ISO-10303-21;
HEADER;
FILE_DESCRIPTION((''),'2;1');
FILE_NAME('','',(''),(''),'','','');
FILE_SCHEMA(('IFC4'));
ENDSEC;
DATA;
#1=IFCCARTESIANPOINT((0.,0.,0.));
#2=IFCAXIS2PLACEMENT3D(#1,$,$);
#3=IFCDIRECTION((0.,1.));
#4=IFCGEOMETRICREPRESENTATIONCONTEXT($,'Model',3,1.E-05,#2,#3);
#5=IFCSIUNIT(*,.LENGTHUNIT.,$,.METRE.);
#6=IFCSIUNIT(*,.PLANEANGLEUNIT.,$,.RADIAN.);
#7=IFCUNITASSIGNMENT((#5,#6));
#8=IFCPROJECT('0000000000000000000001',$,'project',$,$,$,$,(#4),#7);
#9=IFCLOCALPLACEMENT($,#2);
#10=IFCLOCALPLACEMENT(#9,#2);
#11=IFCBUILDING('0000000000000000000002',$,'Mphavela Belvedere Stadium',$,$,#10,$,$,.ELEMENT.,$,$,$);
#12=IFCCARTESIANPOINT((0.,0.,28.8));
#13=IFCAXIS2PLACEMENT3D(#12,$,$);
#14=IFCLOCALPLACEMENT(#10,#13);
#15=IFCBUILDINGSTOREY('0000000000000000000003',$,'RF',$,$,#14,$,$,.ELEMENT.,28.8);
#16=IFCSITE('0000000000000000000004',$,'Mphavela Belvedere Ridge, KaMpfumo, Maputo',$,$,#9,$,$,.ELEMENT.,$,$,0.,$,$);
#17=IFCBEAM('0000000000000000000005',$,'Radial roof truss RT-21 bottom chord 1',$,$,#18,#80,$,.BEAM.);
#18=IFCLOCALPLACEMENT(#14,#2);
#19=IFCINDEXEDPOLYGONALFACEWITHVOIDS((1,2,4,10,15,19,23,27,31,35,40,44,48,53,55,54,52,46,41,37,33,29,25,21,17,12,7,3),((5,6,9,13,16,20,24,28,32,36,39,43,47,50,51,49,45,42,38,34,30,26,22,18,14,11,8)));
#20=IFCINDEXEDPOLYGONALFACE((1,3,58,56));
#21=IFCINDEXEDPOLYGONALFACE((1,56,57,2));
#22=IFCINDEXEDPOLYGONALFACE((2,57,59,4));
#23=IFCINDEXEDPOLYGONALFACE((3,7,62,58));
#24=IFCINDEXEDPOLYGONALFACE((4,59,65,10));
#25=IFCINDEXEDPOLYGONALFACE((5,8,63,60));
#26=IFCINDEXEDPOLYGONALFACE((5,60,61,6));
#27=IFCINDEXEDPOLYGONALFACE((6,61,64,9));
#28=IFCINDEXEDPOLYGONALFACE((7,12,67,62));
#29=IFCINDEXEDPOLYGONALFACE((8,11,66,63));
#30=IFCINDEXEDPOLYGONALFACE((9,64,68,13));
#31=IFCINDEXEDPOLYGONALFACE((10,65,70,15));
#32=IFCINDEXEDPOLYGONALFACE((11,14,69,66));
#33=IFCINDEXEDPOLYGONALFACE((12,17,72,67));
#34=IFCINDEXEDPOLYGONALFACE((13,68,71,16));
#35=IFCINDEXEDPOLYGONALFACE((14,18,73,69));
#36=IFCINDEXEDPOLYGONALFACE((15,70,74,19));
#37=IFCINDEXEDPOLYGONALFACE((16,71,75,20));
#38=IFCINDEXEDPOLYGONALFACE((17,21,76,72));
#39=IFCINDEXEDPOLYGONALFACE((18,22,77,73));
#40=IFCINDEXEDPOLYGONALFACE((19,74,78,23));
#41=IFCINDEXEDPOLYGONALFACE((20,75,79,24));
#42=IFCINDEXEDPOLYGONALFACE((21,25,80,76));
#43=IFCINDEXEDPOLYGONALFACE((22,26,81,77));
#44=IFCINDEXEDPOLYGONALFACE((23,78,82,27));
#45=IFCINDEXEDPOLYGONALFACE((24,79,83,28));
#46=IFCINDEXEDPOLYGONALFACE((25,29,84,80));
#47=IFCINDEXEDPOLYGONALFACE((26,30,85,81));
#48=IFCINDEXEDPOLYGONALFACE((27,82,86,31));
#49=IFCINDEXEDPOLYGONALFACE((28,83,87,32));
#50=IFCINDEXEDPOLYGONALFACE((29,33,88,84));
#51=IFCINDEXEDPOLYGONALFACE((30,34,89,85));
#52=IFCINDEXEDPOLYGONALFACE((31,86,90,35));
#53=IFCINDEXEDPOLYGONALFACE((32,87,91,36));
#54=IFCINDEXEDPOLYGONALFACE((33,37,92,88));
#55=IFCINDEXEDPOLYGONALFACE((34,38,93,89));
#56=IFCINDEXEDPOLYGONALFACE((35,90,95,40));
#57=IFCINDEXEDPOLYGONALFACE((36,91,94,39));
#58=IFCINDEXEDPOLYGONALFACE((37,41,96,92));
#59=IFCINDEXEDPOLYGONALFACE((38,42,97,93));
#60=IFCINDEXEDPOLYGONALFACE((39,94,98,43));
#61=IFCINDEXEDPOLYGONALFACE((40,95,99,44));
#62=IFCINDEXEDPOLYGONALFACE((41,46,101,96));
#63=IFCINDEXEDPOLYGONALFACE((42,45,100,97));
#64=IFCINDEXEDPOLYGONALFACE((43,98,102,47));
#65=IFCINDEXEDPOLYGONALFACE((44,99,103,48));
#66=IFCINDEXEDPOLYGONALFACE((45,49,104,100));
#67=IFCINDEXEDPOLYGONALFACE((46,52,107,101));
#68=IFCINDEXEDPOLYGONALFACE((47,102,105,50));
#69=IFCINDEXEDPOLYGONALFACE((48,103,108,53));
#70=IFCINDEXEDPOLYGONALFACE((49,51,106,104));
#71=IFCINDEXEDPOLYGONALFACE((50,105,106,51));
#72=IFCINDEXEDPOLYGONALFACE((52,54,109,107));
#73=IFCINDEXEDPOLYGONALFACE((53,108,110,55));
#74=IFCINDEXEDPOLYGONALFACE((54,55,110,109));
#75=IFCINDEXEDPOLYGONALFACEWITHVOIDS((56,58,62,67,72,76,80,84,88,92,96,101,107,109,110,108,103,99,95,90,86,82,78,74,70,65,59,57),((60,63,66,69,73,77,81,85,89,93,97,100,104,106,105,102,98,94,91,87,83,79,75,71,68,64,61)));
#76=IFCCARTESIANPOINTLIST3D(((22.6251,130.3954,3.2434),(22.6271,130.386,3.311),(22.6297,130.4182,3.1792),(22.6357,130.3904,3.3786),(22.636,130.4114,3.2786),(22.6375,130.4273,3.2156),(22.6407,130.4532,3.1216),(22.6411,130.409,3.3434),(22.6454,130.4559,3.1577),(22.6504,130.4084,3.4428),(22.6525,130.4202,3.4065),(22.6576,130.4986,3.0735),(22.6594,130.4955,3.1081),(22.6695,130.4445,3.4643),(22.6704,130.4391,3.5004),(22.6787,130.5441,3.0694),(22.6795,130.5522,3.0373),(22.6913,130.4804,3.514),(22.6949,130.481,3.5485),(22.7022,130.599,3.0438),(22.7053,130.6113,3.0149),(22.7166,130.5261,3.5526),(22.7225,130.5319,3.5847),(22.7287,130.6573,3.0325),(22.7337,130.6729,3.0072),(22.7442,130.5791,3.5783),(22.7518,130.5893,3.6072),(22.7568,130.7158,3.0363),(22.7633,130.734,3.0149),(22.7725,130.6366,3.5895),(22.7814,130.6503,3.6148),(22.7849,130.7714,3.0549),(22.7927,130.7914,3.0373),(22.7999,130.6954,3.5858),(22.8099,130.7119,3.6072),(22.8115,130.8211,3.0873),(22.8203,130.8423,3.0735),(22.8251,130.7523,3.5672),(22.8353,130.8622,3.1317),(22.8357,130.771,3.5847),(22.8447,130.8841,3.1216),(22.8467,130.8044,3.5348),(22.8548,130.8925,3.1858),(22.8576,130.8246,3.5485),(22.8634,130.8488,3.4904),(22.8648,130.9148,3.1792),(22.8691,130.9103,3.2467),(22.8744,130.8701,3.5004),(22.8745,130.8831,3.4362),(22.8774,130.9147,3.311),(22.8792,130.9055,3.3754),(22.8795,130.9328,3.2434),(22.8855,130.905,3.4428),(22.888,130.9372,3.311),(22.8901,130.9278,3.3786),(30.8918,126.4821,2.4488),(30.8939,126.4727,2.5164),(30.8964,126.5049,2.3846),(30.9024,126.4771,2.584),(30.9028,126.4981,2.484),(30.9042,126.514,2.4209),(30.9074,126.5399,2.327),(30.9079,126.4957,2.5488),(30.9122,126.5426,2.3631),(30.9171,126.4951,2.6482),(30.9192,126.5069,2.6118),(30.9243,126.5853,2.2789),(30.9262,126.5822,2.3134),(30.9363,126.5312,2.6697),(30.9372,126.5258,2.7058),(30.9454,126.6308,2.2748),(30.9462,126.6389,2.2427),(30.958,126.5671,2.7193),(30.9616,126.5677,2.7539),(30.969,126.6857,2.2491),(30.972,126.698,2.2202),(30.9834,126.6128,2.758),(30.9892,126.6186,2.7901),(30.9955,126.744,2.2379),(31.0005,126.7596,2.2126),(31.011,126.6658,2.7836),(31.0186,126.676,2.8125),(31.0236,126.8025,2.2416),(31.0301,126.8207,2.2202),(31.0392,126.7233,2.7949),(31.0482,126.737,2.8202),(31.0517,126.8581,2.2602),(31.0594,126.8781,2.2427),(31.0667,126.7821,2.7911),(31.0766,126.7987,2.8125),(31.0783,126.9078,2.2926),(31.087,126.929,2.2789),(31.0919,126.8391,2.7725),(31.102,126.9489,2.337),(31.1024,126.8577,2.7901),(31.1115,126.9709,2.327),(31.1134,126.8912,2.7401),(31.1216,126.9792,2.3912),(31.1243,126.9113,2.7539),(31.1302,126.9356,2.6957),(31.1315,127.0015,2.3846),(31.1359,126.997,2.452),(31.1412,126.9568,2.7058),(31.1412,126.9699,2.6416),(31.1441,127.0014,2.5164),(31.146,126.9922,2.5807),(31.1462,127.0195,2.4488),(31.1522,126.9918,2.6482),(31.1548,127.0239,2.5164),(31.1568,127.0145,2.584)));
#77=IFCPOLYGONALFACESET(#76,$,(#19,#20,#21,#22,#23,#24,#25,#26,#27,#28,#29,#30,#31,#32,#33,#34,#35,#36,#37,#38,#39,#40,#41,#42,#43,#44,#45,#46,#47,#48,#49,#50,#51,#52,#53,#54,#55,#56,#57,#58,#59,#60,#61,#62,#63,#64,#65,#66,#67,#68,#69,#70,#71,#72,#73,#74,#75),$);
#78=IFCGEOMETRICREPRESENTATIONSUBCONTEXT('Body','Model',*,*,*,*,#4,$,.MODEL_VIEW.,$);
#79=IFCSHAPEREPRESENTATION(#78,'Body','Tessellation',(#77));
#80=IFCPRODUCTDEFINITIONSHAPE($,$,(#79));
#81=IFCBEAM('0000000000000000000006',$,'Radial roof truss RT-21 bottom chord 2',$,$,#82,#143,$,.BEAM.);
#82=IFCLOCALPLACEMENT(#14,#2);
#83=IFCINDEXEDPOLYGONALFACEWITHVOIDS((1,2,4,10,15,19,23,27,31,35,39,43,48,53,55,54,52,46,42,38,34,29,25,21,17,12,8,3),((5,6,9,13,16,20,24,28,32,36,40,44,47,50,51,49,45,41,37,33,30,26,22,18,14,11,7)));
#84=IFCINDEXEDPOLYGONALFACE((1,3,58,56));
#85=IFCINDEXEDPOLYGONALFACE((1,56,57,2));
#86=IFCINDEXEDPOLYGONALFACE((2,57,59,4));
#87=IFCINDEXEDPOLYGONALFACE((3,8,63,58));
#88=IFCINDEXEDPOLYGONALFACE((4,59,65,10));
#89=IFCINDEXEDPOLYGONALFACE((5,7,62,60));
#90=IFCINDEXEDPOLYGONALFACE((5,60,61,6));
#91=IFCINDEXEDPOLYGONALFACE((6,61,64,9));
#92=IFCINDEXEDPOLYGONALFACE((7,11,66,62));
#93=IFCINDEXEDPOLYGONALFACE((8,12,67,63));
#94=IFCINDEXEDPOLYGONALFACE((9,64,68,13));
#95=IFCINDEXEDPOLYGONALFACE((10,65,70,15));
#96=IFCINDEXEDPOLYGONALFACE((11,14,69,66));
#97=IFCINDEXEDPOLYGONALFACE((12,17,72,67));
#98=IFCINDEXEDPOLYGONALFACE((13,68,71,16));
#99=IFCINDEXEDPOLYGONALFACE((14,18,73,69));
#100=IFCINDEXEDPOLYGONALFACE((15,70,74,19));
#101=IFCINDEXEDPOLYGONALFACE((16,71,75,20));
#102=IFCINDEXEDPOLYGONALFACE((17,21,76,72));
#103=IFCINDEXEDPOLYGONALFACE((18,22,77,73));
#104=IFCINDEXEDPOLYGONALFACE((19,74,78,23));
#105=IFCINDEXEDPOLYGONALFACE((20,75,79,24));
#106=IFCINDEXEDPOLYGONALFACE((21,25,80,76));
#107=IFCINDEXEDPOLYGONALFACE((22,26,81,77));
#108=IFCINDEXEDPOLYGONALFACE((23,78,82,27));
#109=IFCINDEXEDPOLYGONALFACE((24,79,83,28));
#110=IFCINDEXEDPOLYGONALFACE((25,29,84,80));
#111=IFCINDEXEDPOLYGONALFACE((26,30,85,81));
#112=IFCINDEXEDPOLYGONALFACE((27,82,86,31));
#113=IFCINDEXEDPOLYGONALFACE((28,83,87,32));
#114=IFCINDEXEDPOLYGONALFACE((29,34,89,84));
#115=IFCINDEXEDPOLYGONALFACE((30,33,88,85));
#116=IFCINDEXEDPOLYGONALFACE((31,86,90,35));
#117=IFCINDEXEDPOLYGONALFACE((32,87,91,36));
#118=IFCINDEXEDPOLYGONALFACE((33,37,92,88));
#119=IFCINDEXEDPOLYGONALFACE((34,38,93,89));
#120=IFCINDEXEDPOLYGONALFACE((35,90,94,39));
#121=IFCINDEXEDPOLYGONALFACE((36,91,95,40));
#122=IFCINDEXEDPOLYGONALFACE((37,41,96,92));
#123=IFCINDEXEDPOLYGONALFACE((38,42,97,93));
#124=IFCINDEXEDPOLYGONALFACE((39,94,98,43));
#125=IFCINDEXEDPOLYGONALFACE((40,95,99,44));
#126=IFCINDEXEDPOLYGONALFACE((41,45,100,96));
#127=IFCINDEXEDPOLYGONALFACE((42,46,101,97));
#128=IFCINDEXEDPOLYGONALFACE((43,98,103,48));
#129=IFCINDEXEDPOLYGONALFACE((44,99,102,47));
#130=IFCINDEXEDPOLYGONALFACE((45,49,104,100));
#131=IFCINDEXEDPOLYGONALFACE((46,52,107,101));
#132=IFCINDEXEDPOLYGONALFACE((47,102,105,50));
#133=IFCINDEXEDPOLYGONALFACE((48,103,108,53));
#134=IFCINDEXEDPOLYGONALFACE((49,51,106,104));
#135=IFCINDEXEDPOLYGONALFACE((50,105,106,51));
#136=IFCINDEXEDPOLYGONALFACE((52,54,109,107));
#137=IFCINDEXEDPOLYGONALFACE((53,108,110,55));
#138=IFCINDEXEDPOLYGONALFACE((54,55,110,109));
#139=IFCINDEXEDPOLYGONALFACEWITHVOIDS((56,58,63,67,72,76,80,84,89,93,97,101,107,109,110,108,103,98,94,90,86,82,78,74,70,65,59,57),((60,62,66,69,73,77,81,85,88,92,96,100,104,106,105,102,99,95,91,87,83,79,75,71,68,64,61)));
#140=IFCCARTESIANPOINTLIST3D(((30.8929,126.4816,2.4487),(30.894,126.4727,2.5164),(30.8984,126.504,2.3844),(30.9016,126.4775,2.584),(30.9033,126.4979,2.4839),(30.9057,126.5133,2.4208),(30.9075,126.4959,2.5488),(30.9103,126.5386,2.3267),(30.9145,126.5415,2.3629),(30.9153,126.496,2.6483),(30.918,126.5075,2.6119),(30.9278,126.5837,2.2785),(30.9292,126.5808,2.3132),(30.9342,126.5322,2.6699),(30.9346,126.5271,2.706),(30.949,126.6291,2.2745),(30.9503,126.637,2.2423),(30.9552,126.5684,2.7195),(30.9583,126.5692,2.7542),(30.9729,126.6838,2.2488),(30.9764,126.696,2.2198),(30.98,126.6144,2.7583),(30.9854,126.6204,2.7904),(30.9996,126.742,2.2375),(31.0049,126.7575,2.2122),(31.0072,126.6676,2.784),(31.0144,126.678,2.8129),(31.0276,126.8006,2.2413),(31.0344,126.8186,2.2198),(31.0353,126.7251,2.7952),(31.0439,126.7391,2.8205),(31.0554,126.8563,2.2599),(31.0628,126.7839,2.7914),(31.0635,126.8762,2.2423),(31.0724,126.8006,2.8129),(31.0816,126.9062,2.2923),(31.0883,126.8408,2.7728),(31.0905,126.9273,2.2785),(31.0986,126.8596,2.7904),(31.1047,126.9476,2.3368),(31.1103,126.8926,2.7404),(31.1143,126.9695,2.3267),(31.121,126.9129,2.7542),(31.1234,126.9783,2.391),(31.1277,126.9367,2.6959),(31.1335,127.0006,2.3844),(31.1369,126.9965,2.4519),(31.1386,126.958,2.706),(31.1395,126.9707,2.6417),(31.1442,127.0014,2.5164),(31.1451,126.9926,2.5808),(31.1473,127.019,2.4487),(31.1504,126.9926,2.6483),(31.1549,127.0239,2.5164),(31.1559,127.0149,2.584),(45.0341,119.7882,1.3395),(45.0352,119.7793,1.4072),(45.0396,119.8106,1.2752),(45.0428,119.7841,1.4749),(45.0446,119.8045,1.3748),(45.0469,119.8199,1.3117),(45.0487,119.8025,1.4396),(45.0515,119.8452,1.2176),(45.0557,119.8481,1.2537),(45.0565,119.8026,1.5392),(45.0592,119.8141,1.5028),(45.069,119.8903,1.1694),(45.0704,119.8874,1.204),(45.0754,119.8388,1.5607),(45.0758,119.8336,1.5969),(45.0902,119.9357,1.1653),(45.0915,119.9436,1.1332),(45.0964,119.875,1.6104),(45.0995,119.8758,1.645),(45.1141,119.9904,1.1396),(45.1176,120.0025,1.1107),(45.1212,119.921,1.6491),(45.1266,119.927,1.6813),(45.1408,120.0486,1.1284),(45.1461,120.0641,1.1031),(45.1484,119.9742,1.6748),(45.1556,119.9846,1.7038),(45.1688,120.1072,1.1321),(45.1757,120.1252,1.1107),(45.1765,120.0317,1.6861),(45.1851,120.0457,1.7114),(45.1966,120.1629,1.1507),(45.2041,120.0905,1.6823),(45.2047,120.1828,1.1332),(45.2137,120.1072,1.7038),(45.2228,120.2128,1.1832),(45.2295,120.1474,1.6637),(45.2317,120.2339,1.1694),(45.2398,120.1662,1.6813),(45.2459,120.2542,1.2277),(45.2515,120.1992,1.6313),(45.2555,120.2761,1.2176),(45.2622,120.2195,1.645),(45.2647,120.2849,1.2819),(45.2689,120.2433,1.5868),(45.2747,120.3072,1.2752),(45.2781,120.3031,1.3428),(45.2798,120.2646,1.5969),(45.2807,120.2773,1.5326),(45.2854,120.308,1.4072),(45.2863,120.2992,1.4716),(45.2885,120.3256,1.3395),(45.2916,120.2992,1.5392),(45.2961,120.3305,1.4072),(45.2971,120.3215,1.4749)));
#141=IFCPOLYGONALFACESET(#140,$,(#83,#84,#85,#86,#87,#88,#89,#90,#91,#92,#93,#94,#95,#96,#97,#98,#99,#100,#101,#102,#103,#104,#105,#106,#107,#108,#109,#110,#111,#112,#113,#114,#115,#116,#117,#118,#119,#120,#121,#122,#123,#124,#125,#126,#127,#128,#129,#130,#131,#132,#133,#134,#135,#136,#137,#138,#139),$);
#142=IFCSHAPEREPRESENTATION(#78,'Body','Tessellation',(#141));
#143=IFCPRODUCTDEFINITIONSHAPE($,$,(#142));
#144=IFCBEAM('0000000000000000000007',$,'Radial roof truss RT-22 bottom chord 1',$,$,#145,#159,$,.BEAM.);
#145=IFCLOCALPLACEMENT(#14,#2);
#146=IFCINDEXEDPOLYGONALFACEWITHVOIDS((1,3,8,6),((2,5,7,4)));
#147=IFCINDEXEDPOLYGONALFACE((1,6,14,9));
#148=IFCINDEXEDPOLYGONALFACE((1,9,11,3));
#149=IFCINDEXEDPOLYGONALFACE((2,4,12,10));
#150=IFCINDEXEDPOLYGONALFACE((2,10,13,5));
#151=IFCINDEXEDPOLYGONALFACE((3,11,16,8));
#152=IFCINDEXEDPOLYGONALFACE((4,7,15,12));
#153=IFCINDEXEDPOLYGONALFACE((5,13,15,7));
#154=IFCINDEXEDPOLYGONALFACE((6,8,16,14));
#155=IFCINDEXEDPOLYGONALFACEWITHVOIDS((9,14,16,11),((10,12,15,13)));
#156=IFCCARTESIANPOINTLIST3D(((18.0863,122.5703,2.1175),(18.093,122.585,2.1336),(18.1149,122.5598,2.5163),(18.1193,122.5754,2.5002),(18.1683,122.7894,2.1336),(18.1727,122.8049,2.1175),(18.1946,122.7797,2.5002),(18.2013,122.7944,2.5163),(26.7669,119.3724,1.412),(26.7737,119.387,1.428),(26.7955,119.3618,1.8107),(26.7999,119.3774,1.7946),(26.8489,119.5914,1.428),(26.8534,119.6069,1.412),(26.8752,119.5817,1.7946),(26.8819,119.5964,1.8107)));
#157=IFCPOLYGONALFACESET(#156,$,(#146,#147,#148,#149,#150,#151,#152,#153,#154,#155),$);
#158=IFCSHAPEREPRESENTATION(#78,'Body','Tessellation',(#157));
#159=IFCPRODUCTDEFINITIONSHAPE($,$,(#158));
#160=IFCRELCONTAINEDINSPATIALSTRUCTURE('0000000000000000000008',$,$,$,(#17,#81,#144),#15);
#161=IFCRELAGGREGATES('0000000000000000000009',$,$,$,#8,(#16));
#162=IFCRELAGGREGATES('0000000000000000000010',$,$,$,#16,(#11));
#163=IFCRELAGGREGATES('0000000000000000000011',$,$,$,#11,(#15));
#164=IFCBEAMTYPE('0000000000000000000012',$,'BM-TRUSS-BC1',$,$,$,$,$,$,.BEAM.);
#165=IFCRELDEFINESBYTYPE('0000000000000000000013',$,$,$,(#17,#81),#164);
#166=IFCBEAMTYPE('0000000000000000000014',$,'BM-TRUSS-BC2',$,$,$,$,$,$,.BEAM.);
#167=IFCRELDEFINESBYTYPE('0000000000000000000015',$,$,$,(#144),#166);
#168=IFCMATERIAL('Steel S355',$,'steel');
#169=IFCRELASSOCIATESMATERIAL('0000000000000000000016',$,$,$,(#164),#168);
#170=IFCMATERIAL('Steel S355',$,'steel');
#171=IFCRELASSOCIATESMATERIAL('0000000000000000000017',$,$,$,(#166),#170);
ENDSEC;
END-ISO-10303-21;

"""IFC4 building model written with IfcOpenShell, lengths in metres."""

from ifc_helpers import new_model, si_unit, direction, frame, origin, origin_2d, place, context, subcontext, project, spatial, hollow_rectangle, hollow_circle, extrude, material, material_profile, profile_set, type_object, element, save


model = new_model("IFC4")

# Units and contexts
model_context = context("Model", 3, precision=1e-05, world=origin(), true_north=direction((0.0, 1.0)))
body_context = subcontext(model_context, "Body", "Model", "MODEL_VIEW")
ifc_project = project(units=[si_unit("LENGTHUNIT", "METRE"), si_unit("PLANEANGLEUNIT", "RADIAN")], contexts=[model_context])

# Site, building, storey
site_placement = place(None, origin())
site = spatial("IfcSite", under=ifc_project, at=site_placement, Name="Mphavela Belvedere Ridge, KaMpfumo, Maputo", CompositionType="ELEMENT", RefElevation=0.0)
building_placement = place(site_placement, origin())
building = spatial("IfcBuilding", under=site, at=building_placement, Name="Mphavela Belvedere Stadium", CompositionType="ELEMENT")
storey_placement = place(building_placement, frame((0.0, 0.0, 28.8)))
storey = spatial("IfcBuildingStorey", under=building, at=storey_placement, Name="RF", CompositionType="ELEMENT", Elevation=28.8)

# Beams
ifc_material_1 = material(Name="Steel S355", Category="steel")
ifc_material_profile_1 = material_profile(ifc_material_1, hollow_circle(Radius=0.3049, WallThickness=0.0249, at=origin_2d()), Name="CHS 610x25")
ifc_profile_set_1 = profile_set([ifc_material_profile_1], Name="Steel S355")
beam_type_1 = type_object("IfcBeamType", Name="BM-TRUSS-BC1", PredefinedType="BEAM", material=ifc_profile_set_1)
beam_1_placement = place(storey_placement, frame((22.7576, 130.6616, 3.311), z_axis=(0.900453, -0.426253, -0.086559), x_axis=(0.427859, 0.903845, 0.0)))
element("IfcBeam", 1, at=beam_1_placement, inside=storey, type_object=beam_type_1, Name="Radial roof truss RT-21 bottom chord 1", PredefinedType="BEAM", context=body_context, shape_type="SweptSolid", body=[
    extrude(hollow_circle(Radius=0.3049, WallThickness=0.0249, at=origin_2d()), origin(), (0.0, 0.0, 1.0), 9.1807),
])
beam_2_placement = place(storey_placement, frame((31.0244, 126.7483, 2.5164), z_axis=(0.9016, -0.426751, -0.070715), x_axis=(0.427822, 0.903863, 0.0)))
element("IfcBeam", 2, at=beam_2_placement, inside=storey, type_object=beam_type_1, Name="Radial roof truss RT-21 bottom chord 2", PredefinedType="BEAM", context=body_context, shape_type="SweptSolid", body=[
    extrude(hollow_circle(Radius=0.3049, WallThickness=0.0249, at=origin_2d()), origin(), (0.0, 0.0, 1.0), 15.6846),
])
ifc_material_2 = material(Name="Steel S355", Category="steel")
ifc_material_profile_2 = material_profile(ifc_material_2, hollow_rectangle(XDim=0.25, YDim=0.3999, WallThickness=0.0161, at=origin_2d()), Name="RHS 400x250x16")
ifc_profile_set_2 = profile_set([ifc_material_profile_2], Name="Steel S355")
beam_type_2 = type_object("IfcBeamType", Name="BM-TRUSS-BC2", PredefinedType="BEAM", material=ifc_profile_set_2)
beam_3_placement = place(storey_placement, frame((18.1438, 122.6824, 2.3169), z_axis=(0.935631, -0.344691, -0.076048), x_axis=(0.345692, 0.938348, 0.0)))
element("IfcBeam", 3, at=beam_3_placement, inside=storey, type_object=beam_type_2, Name="Radial roof truss RT-22 bottom chord 1", PredefinedType="BEAM", context=body_context, shape_type="SweptSolid", body=[
    extrude(hollow_rectangle(XDim=0.25, YDim=0.3999, WallThickness=0.0161, at=origin_2d()), origin(), (0.0, 0.0, 1.0), 9.2778),
])

save(model, "model.ifc")
